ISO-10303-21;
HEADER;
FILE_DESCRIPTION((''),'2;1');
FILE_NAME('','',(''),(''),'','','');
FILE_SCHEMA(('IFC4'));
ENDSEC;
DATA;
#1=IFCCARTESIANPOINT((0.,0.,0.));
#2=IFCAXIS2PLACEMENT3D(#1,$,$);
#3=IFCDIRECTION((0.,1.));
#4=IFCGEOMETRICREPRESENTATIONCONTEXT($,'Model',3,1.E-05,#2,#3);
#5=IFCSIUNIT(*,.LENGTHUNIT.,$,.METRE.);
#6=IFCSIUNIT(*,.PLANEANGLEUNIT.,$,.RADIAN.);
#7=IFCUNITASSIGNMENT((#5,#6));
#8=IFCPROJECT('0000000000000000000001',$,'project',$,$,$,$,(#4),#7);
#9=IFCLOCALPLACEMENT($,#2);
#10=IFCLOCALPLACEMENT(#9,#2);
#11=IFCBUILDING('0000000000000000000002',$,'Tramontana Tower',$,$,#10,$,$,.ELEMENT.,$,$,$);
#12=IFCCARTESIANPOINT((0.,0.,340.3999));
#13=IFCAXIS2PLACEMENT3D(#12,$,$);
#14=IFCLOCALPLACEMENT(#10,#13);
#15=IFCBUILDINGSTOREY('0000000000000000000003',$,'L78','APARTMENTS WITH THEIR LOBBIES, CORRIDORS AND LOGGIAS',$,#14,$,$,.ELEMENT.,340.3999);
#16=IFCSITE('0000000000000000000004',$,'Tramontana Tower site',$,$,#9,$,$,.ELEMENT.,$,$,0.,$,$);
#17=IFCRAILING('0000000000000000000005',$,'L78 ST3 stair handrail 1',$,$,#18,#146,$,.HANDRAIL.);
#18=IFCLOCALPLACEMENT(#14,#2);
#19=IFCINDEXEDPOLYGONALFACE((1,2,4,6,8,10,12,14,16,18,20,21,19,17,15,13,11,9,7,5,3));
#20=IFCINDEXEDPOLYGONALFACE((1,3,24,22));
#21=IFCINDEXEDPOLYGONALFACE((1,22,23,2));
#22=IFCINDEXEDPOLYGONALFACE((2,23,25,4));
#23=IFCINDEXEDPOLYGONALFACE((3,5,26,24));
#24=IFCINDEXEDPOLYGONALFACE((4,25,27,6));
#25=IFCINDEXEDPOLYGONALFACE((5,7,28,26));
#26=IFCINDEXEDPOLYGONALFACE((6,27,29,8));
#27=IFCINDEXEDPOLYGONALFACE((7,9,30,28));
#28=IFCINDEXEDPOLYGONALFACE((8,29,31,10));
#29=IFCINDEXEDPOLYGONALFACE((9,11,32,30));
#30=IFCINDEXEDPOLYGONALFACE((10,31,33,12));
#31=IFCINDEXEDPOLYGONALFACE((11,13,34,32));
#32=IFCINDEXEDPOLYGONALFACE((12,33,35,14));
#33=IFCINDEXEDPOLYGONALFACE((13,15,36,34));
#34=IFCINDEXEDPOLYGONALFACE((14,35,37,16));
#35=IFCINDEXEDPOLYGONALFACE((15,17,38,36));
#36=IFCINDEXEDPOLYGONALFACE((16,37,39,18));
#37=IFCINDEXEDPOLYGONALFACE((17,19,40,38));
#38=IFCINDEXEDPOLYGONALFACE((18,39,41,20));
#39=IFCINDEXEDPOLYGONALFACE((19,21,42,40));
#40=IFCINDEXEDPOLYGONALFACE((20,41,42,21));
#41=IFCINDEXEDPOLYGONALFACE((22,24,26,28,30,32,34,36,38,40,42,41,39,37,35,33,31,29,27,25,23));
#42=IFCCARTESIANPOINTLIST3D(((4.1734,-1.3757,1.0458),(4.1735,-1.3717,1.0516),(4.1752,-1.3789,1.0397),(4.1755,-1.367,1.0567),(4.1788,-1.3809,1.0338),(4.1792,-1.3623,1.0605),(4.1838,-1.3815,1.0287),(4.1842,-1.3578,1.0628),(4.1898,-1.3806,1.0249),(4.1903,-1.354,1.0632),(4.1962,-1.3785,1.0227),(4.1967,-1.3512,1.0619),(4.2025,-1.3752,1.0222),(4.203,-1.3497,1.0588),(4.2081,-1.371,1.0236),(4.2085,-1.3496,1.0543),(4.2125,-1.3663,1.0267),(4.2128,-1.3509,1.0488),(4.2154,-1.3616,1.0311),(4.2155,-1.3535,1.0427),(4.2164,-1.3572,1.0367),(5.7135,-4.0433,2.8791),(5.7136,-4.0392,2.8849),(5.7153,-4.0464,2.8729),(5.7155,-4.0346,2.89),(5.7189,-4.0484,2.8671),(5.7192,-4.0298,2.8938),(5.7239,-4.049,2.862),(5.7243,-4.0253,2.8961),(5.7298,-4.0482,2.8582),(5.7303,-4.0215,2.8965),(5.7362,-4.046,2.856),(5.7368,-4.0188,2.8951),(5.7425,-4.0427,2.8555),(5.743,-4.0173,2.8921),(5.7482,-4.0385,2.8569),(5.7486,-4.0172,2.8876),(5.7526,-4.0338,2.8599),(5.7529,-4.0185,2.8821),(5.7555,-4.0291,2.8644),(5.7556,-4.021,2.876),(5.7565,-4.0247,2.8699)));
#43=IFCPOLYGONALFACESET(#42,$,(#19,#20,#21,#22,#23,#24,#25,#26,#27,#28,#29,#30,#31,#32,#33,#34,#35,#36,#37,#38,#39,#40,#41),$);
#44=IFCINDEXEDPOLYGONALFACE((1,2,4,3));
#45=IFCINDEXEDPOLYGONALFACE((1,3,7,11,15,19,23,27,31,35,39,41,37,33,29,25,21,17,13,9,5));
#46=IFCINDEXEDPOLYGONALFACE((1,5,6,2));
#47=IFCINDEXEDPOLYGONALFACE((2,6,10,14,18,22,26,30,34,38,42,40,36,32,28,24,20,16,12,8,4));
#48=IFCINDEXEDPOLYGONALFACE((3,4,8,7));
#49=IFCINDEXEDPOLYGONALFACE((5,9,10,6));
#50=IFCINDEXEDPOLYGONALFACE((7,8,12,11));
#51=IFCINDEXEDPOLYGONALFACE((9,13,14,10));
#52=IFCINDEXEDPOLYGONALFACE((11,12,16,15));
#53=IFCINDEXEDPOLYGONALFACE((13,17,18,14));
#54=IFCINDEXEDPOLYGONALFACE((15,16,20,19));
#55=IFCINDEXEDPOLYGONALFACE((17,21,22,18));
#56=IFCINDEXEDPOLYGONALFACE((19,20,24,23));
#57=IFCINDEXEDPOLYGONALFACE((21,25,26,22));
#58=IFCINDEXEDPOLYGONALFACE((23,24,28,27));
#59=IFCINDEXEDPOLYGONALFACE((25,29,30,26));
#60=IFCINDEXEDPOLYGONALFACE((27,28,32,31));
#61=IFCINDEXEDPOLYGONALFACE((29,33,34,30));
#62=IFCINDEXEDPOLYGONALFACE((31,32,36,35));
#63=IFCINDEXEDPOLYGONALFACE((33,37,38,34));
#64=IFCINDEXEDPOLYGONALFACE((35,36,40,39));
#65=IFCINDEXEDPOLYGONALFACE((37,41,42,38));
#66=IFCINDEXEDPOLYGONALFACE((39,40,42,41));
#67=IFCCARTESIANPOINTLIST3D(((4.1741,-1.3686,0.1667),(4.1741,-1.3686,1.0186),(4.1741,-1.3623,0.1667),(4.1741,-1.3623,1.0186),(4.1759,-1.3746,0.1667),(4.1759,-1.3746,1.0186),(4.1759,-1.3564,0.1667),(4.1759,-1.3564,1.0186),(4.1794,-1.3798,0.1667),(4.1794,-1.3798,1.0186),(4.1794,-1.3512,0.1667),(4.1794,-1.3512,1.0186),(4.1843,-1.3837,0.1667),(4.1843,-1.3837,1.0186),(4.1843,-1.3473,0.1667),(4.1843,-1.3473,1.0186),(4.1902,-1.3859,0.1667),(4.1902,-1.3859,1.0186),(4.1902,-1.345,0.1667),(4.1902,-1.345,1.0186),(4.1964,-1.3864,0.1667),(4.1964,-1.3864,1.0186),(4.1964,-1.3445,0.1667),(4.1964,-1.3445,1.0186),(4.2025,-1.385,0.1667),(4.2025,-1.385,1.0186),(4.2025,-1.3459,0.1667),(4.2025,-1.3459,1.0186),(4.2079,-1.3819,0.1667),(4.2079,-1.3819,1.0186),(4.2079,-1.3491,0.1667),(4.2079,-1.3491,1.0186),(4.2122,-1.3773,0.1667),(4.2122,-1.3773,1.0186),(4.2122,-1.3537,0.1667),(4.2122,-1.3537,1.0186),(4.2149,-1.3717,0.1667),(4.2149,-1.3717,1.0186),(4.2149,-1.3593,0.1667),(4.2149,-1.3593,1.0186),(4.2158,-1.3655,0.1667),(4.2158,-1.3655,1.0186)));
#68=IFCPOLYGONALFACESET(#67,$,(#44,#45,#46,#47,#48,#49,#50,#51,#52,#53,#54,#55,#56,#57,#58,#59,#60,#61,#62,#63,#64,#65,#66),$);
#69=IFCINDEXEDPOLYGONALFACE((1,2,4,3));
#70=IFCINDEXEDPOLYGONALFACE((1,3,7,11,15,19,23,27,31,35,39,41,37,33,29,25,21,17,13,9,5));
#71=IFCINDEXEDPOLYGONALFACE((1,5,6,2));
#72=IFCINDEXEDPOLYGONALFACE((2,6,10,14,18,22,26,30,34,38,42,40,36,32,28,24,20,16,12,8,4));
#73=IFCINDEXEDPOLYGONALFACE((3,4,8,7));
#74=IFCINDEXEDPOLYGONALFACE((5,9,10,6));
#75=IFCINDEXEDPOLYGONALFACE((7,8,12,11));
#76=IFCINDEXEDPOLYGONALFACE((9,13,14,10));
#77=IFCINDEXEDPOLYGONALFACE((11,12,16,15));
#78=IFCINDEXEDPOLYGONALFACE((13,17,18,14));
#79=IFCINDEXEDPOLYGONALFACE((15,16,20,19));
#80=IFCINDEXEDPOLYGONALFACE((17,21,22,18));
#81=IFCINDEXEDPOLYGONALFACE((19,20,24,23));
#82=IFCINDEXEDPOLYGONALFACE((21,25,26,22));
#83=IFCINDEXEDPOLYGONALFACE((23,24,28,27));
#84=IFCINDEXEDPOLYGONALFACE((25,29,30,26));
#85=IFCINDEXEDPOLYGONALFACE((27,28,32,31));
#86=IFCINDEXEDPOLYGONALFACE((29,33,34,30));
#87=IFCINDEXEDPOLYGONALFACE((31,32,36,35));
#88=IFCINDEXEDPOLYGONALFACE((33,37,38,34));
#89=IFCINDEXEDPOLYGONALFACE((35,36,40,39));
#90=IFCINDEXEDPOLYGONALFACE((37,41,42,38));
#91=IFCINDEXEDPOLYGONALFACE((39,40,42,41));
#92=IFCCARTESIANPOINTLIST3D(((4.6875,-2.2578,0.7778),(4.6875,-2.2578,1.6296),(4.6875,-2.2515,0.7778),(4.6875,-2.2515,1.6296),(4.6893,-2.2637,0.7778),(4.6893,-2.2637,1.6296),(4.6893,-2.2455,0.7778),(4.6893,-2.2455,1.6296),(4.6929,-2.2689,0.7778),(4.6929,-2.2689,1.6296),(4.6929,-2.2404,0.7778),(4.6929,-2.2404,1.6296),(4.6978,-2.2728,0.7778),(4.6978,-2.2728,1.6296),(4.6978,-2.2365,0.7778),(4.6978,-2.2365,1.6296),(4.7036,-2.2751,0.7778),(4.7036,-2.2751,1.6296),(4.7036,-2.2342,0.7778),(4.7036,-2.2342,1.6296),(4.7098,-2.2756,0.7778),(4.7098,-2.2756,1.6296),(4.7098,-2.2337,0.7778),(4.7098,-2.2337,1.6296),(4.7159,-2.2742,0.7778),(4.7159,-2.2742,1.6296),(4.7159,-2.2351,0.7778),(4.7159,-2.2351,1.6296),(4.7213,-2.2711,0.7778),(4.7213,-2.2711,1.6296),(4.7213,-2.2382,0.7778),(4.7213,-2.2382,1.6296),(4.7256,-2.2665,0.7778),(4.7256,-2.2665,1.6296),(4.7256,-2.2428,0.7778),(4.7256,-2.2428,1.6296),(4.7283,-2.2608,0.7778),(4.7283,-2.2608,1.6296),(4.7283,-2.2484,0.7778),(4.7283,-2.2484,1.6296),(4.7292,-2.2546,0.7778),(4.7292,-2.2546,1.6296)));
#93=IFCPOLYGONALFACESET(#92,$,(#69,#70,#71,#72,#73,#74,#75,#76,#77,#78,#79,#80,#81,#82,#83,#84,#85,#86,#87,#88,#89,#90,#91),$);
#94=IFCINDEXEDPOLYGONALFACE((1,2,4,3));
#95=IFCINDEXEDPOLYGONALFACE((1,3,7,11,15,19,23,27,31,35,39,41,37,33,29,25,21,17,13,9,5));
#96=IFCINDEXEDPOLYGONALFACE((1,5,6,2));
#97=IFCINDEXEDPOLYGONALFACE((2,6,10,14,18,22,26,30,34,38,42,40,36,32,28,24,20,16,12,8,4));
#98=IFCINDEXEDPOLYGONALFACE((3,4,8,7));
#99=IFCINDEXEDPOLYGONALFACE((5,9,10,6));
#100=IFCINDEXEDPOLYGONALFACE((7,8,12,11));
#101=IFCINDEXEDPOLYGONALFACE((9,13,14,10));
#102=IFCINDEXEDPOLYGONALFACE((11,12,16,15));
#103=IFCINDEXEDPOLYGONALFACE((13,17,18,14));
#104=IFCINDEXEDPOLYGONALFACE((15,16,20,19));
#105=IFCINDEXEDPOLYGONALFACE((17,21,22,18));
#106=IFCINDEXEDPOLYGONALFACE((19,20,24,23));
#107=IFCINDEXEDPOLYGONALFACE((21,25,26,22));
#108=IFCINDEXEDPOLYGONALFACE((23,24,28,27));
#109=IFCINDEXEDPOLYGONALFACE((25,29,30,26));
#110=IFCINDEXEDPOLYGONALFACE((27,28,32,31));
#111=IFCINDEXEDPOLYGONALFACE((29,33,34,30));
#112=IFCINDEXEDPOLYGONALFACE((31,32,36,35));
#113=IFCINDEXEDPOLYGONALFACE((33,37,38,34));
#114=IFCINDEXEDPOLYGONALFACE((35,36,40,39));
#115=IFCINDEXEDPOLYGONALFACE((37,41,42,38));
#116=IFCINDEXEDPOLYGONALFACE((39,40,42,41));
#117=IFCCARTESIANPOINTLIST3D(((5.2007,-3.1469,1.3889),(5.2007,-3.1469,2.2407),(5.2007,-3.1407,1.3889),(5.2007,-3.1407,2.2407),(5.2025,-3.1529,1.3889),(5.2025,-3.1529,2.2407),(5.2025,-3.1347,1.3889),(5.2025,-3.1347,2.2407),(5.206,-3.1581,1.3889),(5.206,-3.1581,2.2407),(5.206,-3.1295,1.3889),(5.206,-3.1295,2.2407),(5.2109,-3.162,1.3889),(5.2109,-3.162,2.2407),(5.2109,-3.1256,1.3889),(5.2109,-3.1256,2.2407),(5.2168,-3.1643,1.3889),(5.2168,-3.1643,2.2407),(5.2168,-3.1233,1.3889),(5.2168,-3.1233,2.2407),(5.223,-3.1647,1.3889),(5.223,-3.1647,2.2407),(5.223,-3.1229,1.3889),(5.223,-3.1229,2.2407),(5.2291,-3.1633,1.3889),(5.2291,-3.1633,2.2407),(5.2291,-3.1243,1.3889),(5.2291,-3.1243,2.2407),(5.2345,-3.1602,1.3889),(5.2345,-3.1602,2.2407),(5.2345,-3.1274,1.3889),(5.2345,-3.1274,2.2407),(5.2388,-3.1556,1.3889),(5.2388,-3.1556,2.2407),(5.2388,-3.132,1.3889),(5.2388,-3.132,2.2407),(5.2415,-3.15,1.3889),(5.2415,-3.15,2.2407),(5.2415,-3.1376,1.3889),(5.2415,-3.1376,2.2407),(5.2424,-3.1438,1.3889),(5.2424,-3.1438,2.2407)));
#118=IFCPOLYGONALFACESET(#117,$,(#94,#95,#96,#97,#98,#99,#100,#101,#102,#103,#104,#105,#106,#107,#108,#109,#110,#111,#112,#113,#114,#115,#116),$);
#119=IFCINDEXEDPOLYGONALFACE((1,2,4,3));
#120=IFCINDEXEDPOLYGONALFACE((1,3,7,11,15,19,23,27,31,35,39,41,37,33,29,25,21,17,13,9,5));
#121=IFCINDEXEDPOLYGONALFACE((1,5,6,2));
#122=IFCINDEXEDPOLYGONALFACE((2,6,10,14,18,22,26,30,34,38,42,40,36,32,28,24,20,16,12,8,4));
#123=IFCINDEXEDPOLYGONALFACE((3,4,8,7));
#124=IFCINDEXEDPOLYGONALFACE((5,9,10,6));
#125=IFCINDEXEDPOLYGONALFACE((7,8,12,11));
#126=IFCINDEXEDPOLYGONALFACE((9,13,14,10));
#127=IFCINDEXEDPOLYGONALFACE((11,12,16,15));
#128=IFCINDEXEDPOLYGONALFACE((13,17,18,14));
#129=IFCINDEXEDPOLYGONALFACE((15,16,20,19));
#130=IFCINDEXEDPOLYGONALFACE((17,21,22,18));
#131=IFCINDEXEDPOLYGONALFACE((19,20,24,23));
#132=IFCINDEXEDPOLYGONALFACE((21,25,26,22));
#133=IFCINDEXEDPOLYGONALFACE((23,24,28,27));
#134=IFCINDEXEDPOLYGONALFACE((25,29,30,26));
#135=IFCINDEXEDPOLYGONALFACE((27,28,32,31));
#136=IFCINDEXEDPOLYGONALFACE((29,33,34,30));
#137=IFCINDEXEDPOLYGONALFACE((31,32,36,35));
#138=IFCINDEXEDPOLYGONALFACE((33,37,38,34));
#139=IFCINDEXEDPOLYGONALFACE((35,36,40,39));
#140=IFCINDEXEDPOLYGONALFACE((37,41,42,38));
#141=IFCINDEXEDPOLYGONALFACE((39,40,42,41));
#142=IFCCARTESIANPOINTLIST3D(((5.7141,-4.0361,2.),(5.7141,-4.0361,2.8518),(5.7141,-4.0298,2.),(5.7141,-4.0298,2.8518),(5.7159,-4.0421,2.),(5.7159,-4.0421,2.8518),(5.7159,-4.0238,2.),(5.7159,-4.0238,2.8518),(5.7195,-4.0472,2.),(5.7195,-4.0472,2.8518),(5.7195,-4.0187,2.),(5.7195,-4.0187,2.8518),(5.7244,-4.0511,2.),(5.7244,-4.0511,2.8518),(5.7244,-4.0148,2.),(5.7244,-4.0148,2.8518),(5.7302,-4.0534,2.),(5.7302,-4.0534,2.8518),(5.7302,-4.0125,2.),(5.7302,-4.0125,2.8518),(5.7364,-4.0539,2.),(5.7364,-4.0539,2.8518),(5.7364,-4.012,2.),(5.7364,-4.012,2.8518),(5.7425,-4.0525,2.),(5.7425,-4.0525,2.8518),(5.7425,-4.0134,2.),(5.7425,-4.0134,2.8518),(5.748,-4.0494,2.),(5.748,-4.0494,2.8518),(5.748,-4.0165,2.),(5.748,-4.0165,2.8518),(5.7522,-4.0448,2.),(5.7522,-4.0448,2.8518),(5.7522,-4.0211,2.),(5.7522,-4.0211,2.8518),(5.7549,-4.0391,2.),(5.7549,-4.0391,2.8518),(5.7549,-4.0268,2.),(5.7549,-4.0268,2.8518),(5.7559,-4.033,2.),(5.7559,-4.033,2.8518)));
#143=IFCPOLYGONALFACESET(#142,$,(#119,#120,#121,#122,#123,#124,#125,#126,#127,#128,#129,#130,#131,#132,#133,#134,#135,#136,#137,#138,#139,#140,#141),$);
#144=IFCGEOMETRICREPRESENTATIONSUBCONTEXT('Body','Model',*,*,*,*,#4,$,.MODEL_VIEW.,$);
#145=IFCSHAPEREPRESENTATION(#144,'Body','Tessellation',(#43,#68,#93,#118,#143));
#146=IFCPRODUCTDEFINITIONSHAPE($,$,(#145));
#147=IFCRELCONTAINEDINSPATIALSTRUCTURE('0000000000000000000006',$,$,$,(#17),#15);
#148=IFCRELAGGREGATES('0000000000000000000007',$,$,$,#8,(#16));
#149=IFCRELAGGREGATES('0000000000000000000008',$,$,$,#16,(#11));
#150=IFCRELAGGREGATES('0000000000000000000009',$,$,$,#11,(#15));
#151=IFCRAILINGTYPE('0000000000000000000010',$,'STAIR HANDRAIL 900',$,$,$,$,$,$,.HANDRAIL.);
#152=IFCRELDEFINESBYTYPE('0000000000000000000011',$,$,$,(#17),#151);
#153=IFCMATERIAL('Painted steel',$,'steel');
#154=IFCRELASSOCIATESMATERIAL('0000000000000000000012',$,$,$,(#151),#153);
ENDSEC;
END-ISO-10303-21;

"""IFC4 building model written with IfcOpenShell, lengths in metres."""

from ifc_helpers import new_model, si_unit, direction, frame, origin, origin_2d, place, context, subcontext, project, spatial, circle, extrude, material, type_object, element, save


model = new_model("IFC4")

# Units and contexts
model_context = context("Model", 3, precision=1e-05, world=origin(), true_north=direction((0.0, 1.0)))
body_context = subcontext(model_context, "Body", "Model", "MODEL_VIEW")
ifc_project = project(units=[si_unit("LENGTHUNIT", "METRE"), si_unit("PLANEANGLEUNIT", "RADIAN")], contexts=[model_context])

# Site, building, storey
site_placement = place(None, origin())
site = spatial("IfcSite", under=ifc_project, at=site_placement, Name="Tramontana Tower site", CompositionType="ELEMENT", RefElevation=0.0)
building_placement = place(site_placement, origin())
building = spatial("IfcBuilding", under=site, at=building_placement, Name="Tramontana Tower", CompositionType="ELEMENT")
storey_placement = place(building_placement, frame((0.0, 0.0, 340.3999)))
storey = spatial("IfcBuildingStorey", under=building, at=storey_placement, Name="L78", Description="APARTMENTS WITH THEIR LOBBIES, CORRIDORS AND LOGGIAS", CompositionType="ELEMENT", Elevation=340.3999)

# Railing
ifc_material_1 = material(Name="Painted steel", Category="steel")
railing_type_1 = type_object("IfcRailingType", Name="STAIR HANDRAIL 900", PredefinedType="HANDRAIL", material=ifc_material_1)
railing_1_placement = place(storey_placement, frame((4.1948, -1.3655, 0.1667)))
element("IfcRailing", 1, at=railing_1_placement, inside=storey, type_object=railing_type_1, Name="L78 ST3 stair handrail 1", PredefinedType="HANDRAIL", context=body_context, shape_type="SweptSolid", body=[
    extrude(circle(Radius=0.0239, at=origin_2d()), frame((0.0, 0.0, 0.876), z_axis=(0.429649, -0.74419, 0.511452), x_axis=(0.86603, 0.499992, 0.0)), (0.0, 0.0, 1.0), 3.5845),
    extrude(circle(Radius=0.021, at=origin_2d()), origin(), (0.0, 0.0, 1.0), 0.8518),
    extrude(circle(Radius=0.021, at=origin_2d()), frame((0.5134, -0.8892, 0.6111)), (0.0, 0.0, 1.0), 0.8518),
    extrude(circle(Radius=0.021, at=origin_2d()), frame((1.0266, -1.7783, 1.2222)), (0.0, 0.0, 1.0), 0.8518),
    extrude(circle(Radius=0.021, at=origin_2d()), frame((1.54, -2.6675, 1.8333)), (0.0, 0.0, 1.0), 0.8518),
])

save(model, "model.ifc")
